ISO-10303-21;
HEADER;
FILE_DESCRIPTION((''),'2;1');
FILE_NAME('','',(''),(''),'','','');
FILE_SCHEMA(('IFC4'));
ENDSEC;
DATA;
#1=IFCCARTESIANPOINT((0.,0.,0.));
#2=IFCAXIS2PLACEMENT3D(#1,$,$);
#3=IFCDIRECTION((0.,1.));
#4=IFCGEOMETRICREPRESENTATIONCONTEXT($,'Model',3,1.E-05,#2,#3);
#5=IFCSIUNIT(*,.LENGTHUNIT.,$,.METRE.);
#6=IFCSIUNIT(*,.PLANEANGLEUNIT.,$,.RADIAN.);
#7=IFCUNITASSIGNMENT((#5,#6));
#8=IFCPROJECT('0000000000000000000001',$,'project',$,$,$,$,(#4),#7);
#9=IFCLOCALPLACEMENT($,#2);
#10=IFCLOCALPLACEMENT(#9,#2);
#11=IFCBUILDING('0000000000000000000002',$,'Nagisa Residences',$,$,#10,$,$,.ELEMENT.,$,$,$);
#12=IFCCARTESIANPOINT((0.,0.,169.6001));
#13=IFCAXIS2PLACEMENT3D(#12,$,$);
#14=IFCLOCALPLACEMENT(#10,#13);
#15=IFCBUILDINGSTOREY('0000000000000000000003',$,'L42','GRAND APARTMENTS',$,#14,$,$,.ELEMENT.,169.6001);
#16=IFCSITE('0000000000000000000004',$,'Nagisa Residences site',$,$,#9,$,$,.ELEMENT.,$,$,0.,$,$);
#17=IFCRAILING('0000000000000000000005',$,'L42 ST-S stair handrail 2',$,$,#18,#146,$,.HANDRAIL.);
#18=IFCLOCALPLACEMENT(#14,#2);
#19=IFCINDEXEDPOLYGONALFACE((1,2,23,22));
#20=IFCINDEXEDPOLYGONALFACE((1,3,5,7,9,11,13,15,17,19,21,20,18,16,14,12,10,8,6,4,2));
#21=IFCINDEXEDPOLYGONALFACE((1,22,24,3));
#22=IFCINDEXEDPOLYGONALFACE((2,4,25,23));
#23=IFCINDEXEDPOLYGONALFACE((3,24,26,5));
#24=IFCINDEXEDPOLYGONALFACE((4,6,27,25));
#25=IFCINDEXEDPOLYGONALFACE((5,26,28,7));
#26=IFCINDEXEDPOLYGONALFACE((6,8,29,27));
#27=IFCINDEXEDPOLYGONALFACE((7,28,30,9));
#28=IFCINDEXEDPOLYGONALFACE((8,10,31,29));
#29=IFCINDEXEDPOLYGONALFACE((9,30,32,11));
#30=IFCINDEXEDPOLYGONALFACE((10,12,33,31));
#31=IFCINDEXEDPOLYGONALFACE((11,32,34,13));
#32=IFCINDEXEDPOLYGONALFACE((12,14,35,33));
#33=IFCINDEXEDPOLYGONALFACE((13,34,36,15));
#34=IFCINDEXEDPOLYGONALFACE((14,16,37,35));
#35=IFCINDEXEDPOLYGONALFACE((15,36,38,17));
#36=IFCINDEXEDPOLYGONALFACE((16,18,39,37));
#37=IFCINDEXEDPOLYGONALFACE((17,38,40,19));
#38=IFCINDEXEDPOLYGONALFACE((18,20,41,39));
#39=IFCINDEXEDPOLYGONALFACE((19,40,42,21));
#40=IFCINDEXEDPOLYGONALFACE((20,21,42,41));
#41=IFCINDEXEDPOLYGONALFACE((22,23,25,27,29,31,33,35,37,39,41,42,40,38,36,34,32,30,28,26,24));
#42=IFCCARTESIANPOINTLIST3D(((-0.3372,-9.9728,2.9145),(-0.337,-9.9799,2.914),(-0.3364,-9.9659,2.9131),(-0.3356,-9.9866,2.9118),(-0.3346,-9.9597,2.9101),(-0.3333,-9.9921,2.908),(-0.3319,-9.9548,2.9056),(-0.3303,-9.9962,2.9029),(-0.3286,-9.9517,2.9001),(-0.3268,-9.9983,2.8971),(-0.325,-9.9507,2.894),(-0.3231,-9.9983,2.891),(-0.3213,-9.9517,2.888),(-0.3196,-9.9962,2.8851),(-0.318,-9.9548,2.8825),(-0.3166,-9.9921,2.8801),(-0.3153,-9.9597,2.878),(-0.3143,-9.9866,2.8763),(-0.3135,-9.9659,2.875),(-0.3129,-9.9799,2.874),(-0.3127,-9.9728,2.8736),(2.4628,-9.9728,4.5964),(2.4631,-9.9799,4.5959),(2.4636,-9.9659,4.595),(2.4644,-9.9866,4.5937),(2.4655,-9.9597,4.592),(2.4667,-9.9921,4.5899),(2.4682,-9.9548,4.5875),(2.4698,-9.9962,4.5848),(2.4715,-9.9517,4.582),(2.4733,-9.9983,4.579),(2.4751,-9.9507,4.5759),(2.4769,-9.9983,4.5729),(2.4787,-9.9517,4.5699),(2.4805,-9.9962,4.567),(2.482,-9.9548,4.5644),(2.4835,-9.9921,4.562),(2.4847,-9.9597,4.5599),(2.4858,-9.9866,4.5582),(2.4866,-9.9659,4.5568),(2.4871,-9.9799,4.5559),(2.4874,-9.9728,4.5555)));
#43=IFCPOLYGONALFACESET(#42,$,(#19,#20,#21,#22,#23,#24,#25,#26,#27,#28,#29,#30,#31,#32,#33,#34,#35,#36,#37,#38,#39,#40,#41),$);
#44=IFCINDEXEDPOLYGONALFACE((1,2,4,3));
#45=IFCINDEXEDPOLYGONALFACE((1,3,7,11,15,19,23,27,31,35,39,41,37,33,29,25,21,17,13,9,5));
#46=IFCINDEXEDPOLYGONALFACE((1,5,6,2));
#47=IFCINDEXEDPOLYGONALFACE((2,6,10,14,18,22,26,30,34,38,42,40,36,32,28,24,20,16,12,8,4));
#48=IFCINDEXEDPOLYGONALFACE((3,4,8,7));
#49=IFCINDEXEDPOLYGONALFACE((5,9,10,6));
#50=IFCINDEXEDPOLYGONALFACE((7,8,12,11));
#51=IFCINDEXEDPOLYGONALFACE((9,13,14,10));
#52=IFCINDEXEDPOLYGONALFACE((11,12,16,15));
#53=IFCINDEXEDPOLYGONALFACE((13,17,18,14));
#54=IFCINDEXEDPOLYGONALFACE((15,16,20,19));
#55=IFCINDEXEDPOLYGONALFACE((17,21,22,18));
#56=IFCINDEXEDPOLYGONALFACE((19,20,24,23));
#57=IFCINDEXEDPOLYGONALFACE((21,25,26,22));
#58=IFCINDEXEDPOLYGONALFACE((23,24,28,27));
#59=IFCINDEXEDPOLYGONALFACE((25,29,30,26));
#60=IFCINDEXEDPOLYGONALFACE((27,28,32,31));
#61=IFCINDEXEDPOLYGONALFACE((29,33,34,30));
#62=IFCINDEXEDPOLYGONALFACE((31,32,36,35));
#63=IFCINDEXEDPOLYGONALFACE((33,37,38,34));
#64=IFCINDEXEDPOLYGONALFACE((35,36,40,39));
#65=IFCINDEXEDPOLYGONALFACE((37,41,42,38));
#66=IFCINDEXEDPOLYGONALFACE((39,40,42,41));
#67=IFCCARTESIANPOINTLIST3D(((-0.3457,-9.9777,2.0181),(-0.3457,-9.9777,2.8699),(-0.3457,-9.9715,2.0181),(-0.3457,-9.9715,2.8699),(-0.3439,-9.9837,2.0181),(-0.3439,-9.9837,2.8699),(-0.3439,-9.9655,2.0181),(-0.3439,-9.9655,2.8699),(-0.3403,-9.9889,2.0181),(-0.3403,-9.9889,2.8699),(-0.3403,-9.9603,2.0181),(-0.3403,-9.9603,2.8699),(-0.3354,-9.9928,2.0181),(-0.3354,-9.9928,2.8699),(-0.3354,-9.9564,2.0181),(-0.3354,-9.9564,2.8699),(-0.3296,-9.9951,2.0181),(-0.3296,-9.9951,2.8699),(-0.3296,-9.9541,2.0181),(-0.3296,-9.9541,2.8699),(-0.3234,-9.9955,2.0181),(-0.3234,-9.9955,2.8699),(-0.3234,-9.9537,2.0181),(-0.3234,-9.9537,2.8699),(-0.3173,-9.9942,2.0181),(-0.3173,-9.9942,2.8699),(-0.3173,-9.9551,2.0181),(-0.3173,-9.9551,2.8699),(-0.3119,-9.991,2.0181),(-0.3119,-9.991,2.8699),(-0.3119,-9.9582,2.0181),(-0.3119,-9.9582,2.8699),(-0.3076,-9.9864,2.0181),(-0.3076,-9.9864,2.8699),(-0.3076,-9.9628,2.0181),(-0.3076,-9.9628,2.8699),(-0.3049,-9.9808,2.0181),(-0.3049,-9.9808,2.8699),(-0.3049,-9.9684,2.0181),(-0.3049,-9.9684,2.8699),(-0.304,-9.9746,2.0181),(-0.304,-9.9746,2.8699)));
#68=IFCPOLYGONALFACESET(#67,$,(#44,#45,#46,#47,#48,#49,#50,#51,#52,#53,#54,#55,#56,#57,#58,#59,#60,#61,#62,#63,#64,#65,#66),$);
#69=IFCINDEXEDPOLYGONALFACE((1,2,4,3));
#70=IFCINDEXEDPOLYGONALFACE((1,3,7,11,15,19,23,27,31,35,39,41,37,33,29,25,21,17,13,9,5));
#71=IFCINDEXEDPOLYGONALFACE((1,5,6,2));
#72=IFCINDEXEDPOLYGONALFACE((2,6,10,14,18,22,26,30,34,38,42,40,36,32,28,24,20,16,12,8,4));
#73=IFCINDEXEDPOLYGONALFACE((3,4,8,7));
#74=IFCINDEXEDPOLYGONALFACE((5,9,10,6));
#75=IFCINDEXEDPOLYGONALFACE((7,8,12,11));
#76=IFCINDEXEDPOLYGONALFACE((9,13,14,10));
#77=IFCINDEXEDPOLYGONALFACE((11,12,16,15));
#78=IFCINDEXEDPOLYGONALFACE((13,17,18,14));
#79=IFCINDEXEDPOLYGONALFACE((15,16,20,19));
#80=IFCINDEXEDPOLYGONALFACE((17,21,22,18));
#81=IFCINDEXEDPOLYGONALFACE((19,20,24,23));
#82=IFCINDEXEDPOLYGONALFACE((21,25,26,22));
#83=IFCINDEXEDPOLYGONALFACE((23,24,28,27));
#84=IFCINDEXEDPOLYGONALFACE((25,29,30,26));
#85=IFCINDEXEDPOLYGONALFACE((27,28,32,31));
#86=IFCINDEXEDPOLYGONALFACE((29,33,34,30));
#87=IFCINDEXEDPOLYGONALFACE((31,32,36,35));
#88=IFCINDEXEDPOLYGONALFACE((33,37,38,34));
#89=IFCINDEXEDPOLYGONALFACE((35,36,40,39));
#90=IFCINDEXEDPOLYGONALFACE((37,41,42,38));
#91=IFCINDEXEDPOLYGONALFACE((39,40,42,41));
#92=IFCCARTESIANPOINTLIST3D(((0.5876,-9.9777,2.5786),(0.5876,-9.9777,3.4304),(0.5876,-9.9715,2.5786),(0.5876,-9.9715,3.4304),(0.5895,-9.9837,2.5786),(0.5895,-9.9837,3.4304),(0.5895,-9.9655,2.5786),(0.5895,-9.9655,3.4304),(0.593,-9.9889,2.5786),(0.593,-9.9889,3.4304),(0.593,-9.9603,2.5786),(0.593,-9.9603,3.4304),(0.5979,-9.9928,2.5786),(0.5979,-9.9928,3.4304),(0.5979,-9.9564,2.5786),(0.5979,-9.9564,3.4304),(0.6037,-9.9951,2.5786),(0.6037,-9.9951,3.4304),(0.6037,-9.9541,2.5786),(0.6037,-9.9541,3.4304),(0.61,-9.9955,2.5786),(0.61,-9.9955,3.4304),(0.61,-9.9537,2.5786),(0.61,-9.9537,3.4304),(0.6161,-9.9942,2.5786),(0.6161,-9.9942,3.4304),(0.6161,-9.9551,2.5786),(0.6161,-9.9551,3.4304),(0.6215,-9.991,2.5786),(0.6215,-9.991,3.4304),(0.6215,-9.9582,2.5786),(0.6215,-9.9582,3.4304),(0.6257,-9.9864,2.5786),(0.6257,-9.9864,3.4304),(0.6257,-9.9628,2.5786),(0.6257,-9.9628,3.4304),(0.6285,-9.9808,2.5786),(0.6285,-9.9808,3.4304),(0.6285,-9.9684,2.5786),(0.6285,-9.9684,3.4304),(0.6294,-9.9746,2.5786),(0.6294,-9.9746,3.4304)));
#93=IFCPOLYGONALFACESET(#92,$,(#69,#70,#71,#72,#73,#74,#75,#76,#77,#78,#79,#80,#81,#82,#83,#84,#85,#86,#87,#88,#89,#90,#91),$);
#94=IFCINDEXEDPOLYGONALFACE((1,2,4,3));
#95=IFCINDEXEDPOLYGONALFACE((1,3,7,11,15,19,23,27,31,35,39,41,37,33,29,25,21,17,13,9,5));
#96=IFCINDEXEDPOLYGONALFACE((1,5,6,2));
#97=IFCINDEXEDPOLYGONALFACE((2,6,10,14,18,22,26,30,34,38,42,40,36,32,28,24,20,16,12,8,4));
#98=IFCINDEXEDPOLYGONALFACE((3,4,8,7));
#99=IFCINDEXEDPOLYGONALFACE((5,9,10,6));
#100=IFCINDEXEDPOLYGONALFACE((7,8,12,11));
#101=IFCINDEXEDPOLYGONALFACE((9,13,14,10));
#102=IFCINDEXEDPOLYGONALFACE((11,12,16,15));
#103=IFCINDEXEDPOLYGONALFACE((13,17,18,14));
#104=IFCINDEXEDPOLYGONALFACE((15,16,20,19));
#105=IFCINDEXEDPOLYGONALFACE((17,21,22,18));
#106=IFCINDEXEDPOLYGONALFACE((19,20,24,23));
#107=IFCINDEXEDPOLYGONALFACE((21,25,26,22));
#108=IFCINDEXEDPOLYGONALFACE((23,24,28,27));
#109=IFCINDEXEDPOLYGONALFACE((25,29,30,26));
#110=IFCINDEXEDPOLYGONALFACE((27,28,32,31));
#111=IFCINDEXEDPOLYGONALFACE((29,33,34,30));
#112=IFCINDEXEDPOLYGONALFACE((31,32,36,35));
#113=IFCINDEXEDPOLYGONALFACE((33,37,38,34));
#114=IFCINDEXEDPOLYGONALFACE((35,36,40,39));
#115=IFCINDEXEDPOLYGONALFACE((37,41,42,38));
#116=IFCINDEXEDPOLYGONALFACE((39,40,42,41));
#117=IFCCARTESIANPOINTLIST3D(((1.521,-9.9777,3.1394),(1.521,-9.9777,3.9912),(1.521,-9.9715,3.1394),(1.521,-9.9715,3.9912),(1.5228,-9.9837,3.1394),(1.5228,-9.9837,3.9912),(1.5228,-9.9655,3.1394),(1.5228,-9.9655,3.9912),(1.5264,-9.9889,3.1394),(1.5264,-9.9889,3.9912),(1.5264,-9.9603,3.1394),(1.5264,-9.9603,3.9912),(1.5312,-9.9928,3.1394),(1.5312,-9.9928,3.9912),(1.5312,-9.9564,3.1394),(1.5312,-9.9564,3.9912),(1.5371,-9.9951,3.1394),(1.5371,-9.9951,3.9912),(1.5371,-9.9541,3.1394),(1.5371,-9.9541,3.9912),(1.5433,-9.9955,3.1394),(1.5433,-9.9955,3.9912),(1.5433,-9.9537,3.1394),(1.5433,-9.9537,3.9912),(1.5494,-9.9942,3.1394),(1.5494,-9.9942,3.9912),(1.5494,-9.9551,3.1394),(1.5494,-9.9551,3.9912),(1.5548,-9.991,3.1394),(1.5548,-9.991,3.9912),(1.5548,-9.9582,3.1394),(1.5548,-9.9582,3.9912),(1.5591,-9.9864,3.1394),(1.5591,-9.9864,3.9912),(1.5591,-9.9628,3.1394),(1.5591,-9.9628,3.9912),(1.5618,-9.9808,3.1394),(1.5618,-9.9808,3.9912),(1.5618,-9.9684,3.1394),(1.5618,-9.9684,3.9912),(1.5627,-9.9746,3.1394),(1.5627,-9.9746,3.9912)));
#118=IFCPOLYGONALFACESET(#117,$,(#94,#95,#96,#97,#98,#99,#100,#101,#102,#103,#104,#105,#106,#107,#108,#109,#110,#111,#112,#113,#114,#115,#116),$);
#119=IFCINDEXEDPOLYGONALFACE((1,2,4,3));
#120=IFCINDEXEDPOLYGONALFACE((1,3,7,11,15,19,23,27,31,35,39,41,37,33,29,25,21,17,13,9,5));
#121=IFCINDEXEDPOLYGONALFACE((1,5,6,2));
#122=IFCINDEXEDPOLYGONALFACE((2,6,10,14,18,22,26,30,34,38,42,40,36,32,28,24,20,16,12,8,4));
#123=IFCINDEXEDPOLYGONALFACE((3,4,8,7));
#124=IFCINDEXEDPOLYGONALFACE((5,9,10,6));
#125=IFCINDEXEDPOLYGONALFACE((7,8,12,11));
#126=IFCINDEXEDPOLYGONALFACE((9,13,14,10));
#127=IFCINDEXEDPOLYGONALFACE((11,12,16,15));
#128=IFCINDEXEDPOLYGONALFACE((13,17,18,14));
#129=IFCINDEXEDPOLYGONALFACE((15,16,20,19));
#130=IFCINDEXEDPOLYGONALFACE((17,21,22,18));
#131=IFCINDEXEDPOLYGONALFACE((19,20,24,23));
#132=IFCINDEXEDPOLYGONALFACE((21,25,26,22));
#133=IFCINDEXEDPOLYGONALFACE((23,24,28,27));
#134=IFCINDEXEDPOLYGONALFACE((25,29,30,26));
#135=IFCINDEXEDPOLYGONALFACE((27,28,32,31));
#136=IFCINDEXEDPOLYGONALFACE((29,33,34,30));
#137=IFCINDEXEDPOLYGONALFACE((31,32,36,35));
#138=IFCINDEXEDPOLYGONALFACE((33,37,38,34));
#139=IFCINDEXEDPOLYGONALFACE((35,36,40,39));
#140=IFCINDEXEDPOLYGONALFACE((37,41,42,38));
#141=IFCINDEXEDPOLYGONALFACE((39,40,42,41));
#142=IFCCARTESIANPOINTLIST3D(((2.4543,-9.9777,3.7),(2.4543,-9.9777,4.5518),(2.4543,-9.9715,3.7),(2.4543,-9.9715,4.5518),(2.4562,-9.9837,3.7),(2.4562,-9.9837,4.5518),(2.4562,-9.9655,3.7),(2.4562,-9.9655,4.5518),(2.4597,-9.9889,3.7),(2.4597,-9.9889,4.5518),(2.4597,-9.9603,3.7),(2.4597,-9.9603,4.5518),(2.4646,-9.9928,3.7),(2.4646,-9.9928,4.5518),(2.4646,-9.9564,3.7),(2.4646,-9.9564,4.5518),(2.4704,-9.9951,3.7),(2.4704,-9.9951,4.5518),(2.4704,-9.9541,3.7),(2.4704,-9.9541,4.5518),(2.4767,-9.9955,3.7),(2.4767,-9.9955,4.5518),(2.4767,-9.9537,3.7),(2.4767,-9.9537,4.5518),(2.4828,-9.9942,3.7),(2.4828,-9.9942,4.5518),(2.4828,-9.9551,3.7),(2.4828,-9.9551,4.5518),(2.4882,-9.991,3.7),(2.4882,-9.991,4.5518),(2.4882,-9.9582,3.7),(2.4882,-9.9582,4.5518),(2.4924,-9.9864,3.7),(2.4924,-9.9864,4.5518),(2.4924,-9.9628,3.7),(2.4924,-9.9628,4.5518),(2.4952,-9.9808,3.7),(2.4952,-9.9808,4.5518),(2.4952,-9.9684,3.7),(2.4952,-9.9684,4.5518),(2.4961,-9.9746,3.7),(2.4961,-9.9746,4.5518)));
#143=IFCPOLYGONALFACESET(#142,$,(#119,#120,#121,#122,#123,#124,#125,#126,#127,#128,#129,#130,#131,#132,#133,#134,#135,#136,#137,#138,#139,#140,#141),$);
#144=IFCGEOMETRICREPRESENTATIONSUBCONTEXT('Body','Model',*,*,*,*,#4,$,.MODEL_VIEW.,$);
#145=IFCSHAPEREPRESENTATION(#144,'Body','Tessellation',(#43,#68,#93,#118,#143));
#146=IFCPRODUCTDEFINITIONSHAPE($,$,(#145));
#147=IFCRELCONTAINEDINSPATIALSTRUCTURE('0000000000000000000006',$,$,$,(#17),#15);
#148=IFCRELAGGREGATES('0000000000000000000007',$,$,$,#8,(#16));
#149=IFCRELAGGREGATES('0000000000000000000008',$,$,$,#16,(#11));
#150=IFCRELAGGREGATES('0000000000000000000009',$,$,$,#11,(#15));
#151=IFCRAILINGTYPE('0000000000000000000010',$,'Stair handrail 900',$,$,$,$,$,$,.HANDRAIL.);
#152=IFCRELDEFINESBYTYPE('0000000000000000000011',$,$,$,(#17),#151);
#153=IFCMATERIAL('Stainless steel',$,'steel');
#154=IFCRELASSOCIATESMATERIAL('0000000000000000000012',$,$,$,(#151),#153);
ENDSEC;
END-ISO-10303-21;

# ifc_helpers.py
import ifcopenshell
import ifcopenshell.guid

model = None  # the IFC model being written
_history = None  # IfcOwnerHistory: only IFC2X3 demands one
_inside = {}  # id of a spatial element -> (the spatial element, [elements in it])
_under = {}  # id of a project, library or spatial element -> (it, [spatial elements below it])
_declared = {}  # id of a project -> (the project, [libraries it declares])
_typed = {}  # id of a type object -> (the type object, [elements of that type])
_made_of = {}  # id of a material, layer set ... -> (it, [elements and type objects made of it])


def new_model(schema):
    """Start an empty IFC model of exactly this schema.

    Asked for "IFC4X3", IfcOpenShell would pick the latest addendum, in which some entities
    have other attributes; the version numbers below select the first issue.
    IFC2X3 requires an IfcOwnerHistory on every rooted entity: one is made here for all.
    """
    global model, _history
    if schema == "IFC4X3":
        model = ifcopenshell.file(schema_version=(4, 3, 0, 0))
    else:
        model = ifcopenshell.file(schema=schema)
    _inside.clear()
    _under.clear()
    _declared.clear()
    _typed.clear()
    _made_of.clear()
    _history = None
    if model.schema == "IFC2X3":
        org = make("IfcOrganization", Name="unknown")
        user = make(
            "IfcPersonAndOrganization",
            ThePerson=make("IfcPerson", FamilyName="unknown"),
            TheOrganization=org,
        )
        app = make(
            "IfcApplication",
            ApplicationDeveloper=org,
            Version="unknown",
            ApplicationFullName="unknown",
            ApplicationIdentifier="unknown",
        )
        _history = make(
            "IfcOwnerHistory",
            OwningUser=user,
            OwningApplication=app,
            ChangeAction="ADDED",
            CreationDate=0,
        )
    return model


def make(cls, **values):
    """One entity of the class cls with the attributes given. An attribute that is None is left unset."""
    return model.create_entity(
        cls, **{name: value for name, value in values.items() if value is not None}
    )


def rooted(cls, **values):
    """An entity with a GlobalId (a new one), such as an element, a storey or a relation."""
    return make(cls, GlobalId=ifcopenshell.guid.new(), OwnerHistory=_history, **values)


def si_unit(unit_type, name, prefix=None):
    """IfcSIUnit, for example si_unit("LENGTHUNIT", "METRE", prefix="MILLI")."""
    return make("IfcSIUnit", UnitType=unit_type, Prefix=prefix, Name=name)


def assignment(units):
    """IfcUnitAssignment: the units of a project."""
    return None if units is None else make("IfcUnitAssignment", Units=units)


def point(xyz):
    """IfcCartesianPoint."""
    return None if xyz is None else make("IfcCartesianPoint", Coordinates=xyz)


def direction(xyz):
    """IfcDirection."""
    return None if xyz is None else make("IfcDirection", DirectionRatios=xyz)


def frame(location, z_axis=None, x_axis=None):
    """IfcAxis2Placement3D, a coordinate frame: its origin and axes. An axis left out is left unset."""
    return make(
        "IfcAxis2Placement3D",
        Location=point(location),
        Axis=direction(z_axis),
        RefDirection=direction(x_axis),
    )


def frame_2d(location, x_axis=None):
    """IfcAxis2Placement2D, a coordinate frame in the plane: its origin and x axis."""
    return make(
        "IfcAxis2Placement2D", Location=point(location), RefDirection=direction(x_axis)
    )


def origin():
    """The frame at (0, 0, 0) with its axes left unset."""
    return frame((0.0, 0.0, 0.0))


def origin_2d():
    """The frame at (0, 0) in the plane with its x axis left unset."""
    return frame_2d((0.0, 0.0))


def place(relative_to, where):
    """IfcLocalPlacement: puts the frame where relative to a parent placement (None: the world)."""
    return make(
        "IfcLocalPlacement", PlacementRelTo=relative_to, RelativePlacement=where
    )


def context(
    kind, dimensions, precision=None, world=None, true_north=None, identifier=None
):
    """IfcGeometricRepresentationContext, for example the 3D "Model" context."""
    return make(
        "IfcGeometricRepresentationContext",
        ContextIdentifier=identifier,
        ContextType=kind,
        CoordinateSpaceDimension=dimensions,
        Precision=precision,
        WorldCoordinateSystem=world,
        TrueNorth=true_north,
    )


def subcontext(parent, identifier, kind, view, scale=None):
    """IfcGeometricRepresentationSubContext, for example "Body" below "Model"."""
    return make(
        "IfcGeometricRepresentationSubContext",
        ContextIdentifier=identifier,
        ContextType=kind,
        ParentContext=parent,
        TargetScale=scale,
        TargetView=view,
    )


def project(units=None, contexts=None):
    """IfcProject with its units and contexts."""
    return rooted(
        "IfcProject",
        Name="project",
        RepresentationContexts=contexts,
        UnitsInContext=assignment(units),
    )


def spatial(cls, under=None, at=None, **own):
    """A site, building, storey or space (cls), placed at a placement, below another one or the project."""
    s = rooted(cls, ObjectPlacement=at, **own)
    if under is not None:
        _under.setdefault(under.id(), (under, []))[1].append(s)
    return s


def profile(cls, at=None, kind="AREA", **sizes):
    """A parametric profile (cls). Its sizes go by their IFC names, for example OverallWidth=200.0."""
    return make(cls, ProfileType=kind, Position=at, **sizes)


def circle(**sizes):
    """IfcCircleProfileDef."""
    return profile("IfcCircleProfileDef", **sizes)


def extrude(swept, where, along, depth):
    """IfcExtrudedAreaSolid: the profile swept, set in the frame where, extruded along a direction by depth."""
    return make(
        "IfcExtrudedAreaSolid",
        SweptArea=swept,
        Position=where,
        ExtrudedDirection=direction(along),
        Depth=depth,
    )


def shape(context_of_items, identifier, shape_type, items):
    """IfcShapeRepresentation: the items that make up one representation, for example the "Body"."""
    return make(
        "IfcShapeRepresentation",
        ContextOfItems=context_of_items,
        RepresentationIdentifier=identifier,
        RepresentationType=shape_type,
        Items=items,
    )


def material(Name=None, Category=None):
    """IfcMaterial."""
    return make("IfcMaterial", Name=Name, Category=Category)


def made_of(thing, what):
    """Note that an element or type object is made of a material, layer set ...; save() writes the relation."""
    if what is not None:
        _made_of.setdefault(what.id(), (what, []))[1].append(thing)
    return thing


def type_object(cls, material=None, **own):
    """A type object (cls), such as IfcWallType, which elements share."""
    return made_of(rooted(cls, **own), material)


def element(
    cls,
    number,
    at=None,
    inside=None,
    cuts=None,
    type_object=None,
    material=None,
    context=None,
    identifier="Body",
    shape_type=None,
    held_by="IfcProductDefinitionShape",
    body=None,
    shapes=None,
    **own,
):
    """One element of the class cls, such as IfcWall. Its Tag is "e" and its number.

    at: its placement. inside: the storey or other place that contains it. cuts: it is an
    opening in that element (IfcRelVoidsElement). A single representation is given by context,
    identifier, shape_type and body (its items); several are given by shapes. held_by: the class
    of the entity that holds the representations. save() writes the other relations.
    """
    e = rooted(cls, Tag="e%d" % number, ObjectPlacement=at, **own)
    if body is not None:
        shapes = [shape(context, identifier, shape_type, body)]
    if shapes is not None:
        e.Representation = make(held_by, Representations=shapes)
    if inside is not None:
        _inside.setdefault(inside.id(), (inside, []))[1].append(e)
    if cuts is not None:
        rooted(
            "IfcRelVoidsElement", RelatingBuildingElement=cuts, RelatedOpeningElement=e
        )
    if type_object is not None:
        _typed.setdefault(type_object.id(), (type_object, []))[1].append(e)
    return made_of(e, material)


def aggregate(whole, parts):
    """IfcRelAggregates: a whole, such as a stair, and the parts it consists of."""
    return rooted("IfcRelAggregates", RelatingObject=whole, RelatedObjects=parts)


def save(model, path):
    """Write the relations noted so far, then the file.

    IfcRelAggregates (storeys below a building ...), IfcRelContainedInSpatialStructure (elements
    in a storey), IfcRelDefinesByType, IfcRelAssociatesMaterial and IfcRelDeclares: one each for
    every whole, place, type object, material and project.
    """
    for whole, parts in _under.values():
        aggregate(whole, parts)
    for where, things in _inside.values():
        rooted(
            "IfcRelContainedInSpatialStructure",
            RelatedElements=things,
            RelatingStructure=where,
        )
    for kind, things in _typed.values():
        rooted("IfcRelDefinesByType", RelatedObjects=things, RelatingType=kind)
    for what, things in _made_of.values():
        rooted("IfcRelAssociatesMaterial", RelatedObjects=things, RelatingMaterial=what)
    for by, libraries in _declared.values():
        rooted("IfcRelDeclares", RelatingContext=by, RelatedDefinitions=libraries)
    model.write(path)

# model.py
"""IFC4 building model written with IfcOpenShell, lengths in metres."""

from ifc_helpers import new_model, si_unit, direction, frame, origin, origin_2d, place, context, subcontext, project, spatial, circle, extrude, material, type_object, element, save


model = new_model("IFC4")

# Units and contexts
model_context = context("Model", 3, precision=1e-05, world=origin(), true_north=direction((0.0, 1.0)))
body_context = subcontext(model_context, "Body", "Model", "MODEL_VIEW")
ifc_project = project(units=[si_unit("LENGTHUNIT", "METRE"), si_unit("PLANEANGLEUNIT", "RADIAN")], contexts=[model_context])

# Site, building, storey
site_placement = place(None, origin())
site = spatial("IfcSite", under=ifc_project, at=site_placement, Name="Nagisa Residences site", CompositionType="ELEMENT", RefElevation=0.0)
building_placement = place(site_placement, origin())
building = spatial("IfcBuilding", under=site, at=building_placement, Name="Nagisa Residences", CompositionType="ELEMENT")
storey_placement = place(building_placement, frame((0.0, 0.0, 169.6001)))
storey = spatial("IfcBuildingStorey", under=building, at=storey_placement, Name="L42", Description="GRAND APARTMENTS", CompositionType="ELEMENT", Elevation=169.6001)

# Railing
ifc_material_1 = material(Name="Stainless steel", Category="steel")
railing_type = type_object("IfcRailingType", Name="Stair handrail 900", PredefinedType="HANDRAIL", material=ifc_material_1)
railing_placement = place(storey_placement, frame((-0.325, -9.9746, 2.0181)))
element("IfcRailing", 1, at=railing_placement, inside=storey, type_object=railing_type, Name="L42 ST-S stair handrail 2", PredefinedType="HANDRAIL", context=body_context, shape_type="SweptSolid", body=[
    extrude(circle(Radius=0.0239, at=origin_2d()), frame((0.0, 0.0, 0.876), z_axis=(0.857242, 0.0, 0.514913), x_axis=(0.0, 1.0, 0.0)), (0.0, 0.0, 1.0), 3.2664),
    extrude(circle(Radius=0.021, at=origin_2d()), origin(), (0.0, 0.0, 1.0), 0.8518),
    extrude(circle(Radius=0.021, at=origin_2d()), frame((0.9333, 0.0, 0.5605)), (0.0, 0.0, 1.0), 0.8518),
    extrude(circle(Radius=0.021, at=origin_2d()), frame((1.8667, 0.0, 1.1213)), (0.0, 0.0, 1.0), 0.8518),
    extrude(circle(Radius=0.021, at=origin_2d()), frame((2.8, 0.0, 1.6819)), (0.0, 0.0, 1.0), 0.8518),
])

save(model, "model.ifc")
